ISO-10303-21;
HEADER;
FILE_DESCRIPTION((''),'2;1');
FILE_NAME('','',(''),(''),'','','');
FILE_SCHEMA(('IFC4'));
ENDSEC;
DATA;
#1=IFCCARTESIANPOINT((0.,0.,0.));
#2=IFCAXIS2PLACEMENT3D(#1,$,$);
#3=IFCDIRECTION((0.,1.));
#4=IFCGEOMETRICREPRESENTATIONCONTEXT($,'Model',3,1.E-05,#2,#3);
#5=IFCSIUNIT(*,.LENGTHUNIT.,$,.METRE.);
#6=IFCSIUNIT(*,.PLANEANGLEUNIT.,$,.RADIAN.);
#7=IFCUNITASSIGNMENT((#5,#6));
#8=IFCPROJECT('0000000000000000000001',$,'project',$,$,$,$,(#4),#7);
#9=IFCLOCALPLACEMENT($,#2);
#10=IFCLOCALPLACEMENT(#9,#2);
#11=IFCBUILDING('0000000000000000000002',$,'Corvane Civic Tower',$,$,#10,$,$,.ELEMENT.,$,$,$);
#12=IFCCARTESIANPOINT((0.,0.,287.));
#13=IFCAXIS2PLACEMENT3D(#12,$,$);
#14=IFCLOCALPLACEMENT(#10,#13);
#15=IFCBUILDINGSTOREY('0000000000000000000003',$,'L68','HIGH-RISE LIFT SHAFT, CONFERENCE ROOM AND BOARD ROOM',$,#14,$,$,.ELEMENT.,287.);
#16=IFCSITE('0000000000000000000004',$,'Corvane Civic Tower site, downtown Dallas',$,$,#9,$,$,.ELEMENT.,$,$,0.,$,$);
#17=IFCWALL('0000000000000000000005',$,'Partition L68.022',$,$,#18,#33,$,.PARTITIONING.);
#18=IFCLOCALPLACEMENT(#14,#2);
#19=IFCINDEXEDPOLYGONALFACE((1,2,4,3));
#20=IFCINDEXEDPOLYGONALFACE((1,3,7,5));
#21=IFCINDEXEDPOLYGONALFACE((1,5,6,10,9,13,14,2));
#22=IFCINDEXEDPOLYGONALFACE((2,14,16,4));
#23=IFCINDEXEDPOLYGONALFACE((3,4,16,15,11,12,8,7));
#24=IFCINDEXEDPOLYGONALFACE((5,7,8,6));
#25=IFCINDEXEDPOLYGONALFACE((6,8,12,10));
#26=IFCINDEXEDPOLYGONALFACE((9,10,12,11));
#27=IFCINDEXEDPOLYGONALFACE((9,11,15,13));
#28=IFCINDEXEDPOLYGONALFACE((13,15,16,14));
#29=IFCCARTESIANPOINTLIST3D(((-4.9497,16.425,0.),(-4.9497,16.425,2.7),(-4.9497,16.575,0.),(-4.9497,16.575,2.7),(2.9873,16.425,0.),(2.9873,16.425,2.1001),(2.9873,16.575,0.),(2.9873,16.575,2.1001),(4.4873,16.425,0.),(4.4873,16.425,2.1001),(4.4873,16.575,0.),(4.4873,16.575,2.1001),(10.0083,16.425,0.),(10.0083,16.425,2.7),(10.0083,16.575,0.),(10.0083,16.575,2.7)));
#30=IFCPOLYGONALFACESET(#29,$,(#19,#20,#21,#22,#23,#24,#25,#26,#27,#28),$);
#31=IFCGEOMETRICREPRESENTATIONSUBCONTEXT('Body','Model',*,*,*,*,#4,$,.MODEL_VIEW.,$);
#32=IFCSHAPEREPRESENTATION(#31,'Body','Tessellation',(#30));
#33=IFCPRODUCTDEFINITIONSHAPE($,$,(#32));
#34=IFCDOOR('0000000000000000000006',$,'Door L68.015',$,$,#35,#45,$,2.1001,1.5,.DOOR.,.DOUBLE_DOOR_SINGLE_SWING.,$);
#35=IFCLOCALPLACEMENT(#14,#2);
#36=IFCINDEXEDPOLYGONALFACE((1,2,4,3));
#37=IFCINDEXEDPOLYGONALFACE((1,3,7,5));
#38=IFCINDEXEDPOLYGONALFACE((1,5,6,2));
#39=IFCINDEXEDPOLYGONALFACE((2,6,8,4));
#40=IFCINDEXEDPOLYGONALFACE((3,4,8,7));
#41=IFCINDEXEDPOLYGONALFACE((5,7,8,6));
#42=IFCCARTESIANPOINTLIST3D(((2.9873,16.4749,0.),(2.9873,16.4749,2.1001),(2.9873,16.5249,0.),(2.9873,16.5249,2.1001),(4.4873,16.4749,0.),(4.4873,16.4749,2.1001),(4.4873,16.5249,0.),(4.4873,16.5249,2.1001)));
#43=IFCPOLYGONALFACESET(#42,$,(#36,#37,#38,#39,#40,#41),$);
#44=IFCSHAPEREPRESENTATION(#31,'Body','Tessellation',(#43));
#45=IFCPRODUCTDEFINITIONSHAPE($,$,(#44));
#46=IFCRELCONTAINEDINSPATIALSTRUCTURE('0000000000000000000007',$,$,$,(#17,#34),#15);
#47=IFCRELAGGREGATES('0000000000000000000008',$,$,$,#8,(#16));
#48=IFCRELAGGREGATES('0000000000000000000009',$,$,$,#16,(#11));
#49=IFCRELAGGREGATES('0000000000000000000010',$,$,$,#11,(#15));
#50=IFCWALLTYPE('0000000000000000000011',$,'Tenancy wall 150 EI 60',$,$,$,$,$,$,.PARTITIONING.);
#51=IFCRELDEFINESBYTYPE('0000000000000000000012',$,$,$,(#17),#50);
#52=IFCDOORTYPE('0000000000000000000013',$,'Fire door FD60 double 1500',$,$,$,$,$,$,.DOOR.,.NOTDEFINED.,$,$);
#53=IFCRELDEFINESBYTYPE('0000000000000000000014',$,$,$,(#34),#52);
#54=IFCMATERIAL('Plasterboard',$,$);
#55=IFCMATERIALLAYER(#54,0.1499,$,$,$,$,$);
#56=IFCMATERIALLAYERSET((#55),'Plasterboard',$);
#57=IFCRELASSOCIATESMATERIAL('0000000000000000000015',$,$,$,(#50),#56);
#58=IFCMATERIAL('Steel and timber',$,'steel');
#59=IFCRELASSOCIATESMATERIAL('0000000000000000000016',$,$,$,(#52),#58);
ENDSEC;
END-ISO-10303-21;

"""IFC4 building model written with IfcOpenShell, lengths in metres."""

from ifc_helpers import new_model, si_unit, direction, frame, frame_2d, origin, place, context, subcontext, project, spatial, rectangle, extrude, material, layer, layer_set, type_object, element, fill, save


model = new_model("IFC4")

# Units and contexts
model_context = context("Model", 3, precision=1e-05, world=origin(), true_north=direction((0.0, 1.0)))
body_context = subcontext(model_context, "Body", "Model", "MODEL_VIEW")
ifc_project = project(units=[si_unit("LENGTHUNIT", "METRE"), si_unit("PLANEANGLEUNIT", "RADIAN")], contexts=[model_context])

# Site, building, storey
site_placement = place(None, origin())
site = spatial("IfcSite", under=ifc_project, at=site_placement, Name="Corvane Civic Tower site, downtown Dallas", CompositionType="ELEMENT", RefElevation=0.0)
building_placement = place(site_placement, origin())
building = spatial("IfcBuilding", under=site, at=building_placement, Name="Corvane Civic Tower", CompositionType="ELEMENT")
storey_placement = place(building_placement, frame((0.0, 0.0, 287.0)))
storey = spatial("IfcBuildingStorey", under=building, at=storey_placement, Name="L68", Description="HIGH-RISE LIFT SHAFT, CONFERENCE ROOM AND BOARD ROOM", CompositionType="ELEMENT", Elevation=287.0)

# Shared definitions
ifc_material_1 = material(Name="Plasterboard")
ifc_layer_1 = layer(ifc_material_1, 0.1499)
ifc_layer_set_1 = layer_set([ifc_layer_1], Name="Plasterboard")
wall_type_1 = type_object("IfcWallType", Name="Tenancy wall 150 EI 60", PredefinedType="PARTITIONING", material=ifc_layer_set_1)

# Wall, opening, door
wall_1_placement = place(storey_placement, frame((-4.9497, 16.5, 0.0), z_axis=(0.0, 0.0, 1.0), x_axis=(1.0, 0.0, 0.0)))
wall_1 = element("IfcWall", 1, at=wall_1_placement, inside=storey, type_object=wall_type_1, Name="Partition L68.022", PredefinedType="PARTITIONING", context=body_context, shape_type="SweptSolid", body=[
    extrude(rectangle(XDim=14.958, YDim=0.1499, at=frame_2d((7.479, 0.0))), origin(), (0.0, 0.0, 1.0), 2.7),
])
opening_1_placement = place(wall_1_placement, frame((7.937, 0.0, 0.0)))
opening_1 = element("IfcOpeningElement", 2, at=opening_1_placement, cuts=wall_1, PredefinedType="OPENING", context=body_context, shape_type="SweptSolid", body=[
    extrude(rectangle(XDim=1.5, YDim=2.1001, at=frame_2d((0.75, 1.05))), frame((0.0, 0.085, 0.0), z_axis=(0.0, -1.0, 0.0), x_axis=(1.0, 0.0, 0.0)), (0.0, 0.0, 1.0), 0.1699),
])
ifc_material_2 = material(Name="Steel and timber", Category="steel")
door_type_1 = type_object("IfcDoorType", Name="Fire door FD60 double 1500", OperationType="NOTDEFINED", PredefinedType="DOOR", material=ifc_material_2)
door_1_placement = place(opening_1_placement, origin())
door_1 = element("IfcDoor", 3, at=door_1_placement, inside=storey, type_object=door_type_1, Name="Door L68.015", OperationType="DOUBLE_DOOR_SINGLE_SWING", OverallHeight=2.1001, OverallWidth=1.5, PredefinedType="DOOR", context=body_context, shape_type="SweptSolid", body=[
    extrude(rectangle(XDim=1.5, YDim=2.1001, at=frame_2d((0.75, 1.05))), frame((0.0, 0.0249, 0.0), z_axis=(0.0, -1.0, 0.0), x_axis=(1.0, 0.0, 0.0)), (0.0, 0.0, 1.0), 0.05),
])
fill(opening_1, door_1)

save(model, "model.ifc")
